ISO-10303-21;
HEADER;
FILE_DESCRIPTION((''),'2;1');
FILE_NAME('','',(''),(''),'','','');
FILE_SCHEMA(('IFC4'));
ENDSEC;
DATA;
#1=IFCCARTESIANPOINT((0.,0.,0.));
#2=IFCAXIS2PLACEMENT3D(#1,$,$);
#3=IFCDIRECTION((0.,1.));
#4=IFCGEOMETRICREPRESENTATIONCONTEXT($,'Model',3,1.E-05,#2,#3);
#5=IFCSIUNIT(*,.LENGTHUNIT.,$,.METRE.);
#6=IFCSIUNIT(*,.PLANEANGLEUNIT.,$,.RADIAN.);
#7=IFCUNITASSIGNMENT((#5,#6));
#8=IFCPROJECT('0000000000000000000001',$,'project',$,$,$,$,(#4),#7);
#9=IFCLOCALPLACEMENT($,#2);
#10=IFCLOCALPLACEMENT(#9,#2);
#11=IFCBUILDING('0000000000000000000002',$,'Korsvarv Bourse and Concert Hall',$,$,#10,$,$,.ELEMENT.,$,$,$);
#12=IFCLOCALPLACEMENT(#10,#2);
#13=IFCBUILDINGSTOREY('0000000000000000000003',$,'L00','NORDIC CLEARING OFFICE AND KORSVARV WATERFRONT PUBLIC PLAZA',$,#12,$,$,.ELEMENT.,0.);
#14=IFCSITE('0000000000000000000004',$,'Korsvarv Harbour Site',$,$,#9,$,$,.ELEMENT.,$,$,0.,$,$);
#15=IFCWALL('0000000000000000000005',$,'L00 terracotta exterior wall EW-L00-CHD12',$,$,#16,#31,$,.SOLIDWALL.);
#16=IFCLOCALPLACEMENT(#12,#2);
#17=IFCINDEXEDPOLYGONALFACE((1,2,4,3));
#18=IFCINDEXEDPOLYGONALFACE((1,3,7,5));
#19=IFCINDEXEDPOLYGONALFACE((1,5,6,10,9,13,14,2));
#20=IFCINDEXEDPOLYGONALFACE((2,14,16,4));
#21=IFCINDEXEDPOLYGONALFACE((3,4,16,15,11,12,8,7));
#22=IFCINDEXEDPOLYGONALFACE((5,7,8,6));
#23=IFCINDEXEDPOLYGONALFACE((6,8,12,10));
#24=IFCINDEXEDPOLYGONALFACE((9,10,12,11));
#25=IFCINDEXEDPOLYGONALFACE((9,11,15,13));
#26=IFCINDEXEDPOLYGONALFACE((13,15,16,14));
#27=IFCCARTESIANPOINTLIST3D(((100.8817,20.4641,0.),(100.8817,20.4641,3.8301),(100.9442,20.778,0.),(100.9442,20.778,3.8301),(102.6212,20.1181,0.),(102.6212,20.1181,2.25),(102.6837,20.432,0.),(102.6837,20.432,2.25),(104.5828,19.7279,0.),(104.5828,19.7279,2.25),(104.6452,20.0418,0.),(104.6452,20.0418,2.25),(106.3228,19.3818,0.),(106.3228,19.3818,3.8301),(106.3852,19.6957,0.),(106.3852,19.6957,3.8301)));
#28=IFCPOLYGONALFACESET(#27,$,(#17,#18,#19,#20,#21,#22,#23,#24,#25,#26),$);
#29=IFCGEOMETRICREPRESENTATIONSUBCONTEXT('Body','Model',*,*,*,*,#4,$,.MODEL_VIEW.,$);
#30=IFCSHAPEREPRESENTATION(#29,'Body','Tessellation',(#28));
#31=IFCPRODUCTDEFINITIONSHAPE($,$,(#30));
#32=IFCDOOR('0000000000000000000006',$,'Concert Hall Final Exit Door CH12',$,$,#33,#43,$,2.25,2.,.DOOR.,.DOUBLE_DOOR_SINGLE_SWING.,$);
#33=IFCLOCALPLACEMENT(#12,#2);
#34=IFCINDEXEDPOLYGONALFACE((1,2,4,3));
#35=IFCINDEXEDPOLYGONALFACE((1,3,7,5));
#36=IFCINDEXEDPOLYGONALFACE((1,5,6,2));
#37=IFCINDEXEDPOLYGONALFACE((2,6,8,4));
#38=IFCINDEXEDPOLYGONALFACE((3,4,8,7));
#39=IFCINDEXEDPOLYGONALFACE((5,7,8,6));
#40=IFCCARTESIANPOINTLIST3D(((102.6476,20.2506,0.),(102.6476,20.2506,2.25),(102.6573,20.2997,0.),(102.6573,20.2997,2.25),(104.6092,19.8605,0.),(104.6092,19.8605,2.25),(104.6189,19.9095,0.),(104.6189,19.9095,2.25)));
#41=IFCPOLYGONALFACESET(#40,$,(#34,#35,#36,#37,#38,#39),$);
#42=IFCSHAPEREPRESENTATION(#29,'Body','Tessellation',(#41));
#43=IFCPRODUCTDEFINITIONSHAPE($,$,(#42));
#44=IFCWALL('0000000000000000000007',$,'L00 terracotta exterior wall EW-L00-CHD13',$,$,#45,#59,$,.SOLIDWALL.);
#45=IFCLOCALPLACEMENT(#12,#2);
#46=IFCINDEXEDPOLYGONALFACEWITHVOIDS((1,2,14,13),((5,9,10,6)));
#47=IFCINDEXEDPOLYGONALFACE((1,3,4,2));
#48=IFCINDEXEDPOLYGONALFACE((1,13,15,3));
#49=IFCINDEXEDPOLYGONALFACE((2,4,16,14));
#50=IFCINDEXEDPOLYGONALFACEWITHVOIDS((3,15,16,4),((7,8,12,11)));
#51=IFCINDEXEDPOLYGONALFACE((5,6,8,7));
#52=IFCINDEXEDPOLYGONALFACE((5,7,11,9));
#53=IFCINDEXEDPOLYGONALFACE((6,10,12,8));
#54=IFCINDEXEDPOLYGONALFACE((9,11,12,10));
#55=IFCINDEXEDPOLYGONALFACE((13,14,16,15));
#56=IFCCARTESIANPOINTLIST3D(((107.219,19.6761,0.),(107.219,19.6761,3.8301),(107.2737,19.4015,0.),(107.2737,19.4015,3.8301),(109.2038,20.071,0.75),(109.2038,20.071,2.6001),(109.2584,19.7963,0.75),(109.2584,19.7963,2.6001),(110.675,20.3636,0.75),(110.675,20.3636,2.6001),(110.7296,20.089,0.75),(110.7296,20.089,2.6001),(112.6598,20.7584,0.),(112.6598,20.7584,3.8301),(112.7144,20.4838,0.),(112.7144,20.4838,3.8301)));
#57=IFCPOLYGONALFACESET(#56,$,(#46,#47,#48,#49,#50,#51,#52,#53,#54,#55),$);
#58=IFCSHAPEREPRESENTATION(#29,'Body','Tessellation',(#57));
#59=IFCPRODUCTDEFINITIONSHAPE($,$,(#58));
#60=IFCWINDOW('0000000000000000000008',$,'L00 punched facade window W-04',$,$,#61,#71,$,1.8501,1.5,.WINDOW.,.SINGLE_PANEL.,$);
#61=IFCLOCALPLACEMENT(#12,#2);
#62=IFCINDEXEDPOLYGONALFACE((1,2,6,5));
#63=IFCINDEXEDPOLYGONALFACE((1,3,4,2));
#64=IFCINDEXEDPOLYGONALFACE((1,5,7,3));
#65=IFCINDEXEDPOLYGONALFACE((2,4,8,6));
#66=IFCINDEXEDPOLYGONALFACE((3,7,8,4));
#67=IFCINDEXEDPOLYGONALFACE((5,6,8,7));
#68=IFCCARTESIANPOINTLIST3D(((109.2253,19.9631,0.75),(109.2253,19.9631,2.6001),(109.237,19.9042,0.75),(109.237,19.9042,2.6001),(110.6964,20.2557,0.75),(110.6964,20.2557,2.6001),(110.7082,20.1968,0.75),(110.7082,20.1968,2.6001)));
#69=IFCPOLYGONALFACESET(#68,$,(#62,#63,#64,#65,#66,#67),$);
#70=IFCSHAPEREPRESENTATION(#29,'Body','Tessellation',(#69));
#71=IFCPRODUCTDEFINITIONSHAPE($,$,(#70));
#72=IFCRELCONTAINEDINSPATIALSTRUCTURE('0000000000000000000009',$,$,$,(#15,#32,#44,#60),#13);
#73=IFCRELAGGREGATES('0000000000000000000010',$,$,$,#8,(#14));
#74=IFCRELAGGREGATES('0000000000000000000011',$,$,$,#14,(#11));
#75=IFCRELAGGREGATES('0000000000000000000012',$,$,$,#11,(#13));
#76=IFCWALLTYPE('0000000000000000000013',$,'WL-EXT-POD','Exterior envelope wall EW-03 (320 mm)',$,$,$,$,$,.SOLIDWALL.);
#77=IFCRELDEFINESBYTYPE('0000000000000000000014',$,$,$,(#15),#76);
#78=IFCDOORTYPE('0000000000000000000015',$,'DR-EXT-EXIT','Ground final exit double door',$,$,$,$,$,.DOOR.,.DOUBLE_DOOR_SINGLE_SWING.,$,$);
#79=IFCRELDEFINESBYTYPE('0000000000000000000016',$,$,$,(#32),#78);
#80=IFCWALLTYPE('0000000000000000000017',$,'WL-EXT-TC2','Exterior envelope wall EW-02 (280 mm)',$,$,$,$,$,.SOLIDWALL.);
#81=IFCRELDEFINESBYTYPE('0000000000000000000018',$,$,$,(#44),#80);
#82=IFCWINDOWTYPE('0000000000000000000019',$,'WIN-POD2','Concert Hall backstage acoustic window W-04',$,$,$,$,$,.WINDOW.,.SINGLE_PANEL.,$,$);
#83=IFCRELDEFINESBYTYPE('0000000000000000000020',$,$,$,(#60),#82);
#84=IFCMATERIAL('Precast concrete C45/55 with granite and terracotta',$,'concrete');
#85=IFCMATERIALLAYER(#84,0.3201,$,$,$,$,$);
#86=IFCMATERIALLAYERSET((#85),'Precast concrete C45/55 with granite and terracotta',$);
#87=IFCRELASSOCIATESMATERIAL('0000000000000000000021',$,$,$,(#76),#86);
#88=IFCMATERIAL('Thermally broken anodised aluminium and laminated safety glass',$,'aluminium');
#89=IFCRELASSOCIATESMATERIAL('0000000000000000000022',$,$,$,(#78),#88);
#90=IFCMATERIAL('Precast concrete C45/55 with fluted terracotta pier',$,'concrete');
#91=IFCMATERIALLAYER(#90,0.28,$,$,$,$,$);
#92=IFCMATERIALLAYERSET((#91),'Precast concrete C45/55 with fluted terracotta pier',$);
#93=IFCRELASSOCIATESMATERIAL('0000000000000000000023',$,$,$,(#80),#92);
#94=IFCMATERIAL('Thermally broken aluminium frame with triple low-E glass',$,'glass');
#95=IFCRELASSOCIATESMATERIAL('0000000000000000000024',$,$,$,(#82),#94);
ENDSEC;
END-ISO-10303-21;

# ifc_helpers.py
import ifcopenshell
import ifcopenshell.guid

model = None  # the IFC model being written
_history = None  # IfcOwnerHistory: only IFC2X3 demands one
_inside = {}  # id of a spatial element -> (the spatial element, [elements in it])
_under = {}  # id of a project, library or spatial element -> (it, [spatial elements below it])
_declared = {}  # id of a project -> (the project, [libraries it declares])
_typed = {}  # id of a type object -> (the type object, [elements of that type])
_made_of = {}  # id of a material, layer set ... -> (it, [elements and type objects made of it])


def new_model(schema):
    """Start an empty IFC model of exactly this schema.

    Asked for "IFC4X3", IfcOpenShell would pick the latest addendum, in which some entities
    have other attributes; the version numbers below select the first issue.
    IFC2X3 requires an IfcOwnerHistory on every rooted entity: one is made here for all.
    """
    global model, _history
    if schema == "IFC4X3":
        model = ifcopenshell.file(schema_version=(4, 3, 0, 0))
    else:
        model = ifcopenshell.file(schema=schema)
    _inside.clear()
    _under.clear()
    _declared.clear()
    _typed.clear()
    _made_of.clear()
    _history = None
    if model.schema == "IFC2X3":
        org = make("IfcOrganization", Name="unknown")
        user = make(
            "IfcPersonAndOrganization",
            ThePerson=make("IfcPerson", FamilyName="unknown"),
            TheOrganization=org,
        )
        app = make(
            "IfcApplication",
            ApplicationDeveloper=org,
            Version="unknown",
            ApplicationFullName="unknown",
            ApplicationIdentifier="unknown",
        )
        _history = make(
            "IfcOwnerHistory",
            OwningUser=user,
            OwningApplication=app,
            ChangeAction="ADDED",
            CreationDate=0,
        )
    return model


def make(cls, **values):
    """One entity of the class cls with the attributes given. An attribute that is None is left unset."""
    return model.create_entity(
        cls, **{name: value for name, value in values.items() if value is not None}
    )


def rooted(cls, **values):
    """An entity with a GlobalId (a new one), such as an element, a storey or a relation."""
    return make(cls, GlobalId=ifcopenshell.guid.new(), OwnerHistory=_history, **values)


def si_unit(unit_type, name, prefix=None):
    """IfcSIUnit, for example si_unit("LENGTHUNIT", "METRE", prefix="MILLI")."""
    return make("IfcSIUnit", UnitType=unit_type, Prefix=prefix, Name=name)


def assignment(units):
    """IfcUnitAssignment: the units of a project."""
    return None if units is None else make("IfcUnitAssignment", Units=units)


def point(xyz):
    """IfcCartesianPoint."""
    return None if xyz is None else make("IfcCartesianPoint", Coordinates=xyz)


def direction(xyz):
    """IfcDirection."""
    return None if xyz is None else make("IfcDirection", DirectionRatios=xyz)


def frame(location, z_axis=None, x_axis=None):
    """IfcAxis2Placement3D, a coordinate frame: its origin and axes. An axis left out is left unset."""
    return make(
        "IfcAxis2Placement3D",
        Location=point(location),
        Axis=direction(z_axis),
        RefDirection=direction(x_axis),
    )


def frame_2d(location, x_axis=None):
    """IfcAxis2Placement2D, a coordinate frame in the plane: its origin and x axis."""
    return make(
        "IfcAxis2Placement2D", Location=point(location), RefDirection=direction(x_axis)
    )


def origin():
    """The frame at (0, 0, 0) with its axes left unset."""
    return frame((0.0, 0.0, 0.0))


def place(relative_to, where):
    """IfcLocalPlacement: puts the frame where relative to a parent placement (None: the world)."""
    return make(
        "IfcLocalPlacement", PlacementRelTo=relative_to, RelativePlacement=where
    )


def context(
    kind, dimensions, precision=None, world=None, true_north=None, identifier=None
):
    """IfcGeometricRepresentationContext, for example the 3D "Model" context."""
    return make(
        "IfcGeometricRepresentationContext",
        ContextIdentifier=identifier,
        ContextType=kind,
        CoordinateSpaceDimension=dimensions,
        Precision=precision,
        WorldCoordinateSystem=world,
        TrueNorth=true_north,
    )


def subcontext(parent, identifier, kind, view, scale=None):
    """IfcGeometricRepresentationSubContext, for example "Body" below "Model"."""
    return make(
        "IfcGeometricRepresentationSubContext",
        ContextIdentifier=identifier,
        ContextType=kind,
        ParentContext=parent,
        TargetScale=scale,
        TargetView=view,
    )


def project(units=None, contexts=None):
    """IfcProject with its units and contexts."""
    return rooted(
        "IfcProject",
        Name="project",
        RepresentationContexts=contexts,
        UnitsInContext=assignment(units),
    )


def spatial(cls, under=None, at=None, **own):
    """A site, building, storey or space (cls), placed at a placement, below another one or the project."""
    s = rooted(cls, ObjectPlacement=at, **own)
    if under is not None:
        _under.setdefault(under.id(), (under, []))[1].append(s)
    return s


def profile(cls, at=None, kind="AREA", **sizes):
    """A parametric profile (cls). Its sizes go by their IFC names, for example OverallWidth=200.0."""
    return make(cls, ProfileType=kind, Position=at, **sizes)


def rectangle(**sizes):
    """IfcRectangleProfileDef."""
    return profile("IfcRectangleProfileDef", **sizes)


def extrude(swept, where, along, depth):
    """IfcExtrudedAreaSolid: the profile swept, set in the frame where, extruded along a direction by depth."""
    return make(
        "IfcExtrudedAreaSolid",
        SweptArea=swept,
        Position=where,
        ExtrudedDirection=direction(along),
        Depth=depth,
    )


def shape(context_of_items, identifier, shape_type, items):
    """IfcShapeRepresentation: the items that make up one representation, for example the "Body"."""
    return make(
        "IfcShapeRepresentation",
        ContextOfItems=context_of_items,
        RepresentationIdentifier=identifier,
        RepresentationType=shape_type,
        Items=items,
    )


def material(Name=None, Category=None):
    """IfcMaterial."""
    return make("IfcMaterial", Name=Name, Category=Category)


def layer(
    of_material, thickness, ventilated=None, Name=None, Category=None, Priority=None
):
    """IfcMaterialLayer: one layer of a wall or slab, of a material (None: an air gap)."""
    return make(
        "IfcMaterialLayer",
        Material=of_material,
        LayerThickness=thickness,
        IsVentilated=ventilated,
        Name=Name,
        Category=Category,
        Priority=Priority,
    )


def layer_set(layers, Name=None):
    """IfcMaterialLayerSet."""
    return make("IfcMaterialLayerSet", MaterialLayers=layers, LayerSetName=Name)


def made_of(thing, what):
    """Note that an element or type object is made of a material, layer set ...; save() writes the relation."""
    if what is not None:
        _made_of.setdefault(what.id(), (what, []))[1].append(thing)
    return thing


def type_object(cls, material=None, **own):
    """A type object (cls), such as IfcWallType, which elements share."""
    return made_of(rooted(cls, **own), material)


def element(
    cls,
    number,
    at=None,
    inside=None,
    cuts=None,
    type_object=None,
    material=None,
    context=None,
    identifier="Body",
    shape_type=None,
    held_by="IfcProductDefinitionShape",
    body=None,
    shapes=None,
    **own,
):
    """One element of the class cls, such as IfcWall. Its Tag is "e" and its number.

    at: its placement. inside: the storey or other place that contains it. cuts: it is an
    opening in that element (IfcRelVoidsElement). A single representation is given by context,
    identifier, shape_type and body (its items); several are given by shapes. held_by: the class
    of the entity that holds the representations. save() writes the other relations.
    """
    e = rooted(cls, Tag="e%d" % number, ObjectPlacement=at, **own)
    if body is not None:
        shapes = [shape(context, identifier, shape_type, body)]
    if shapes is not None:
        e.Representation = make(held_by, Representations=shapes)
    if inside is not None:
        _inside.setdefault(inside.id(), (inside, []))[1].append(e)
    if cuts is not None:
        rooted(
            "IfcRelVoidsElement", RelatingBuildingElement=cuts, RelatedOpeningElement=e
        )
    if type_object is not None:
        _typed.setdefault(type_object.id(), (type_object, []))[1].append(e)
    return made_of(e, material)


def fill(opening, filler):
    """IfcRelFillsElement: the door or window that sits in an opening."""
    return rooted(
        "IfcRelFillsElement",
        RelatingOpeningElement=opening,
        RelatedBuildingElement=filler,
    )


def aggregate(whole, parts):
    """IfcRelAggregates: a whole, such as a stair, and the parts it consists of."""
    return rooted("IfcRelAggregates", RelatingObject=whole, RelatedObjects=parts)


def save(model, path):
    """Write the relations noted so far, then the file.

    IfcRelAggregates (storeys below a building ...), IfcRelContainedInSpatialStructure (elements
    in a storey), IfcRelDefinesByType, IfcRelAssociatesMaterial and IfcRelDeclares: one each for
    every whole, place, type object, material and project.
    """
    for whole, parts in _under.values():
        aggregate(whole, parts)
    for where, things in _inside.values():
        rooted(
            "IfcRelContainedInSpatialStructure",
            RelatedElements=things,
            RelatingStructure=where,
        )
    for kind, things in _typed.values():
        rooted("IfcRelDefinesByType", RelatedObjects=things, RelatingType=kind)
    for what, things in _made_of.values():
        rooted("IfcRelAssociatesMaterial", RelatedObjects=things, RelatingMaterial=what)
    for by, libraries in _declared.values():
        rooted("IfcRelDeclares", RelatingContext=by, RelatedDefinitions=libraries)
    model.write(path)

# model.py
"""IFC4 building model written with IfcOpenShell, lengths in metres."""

from ifc_helpers import new_model, si_unit, direction, frame, frame_2d, origin, place, context, subcontext, project, spatial, rectangle, extrude, material, layer, layer_set, type_object, element, fill, save


model = new_model("IFC4")

# Units and contexts
model_context = context("Model", 3, precision=1e-05, world=origin(), true_north=direction((0.0, 1.0)))
body_context = subcontext(model_context, "Body", "Model", "MODEL_VIEW")
ifc_project = project(units=[si_unit("LENGTHUNIT", "METRE"), si_unit("PLANEANGLEUNIT", "RADIAN")], contexts=[model_context])

# Site, building, storey
site_placement = place(None, origin())
site = spatial("IfcSite", under=ifc_project, at=site_placement, Name="Korsvarv Harbour Site", CompositionType="ELEMENT", RefElevation=0.0)
building_placement = place(site_placement, origin())
building = spatial("IfcBuilding", under=site, at=building_placement, Name="Korsvarv Bourse and Concert Hall", CompositionType="ELEMENT")
storey_placement = place(building_placement, origin())
storey = spatial("IfcBuildingStorey", under=building, at=storey_placement, Name="L00", Description="NORDIC CLEARING OFFICE AND KORSVARV WATERFRONT PUBLIC PLAZA", CompositionType="ELEMENT", Elevation=0.0)

# Wall, opening, door
ifc_material_1 = material(Name="Precast concrete C45/55 with granite and terracotta", Category="concrete")
ifc_layer_1 = layer(ifc_material_1, 0.3201)
ifc_layer_set_1 = layer_set([ifc_layer_1], Name="Precast concrete C45/55 with granite and terracotta")
wall_type_1 = type_object("IfcWallType", Name="WL-EXT-POD", Description="Exterior envelope wall EW-03 (320 mm)", PredefinedType="SOLIDWALL", material=ifc_layer_set_1)
wall_1_placement = place(storey_placement, frame((100.9128, 20.6211, 0.0), z_axis=(0.0, 0.0, 1.0), x_axis=(0.980785, -0.195092, 0.0)))
wall_1 = element("IfcWall", 1, at=wall_1_placement, inside=storey, type_object=wall_type_1, Name="L00 terracotta exterior wall EW-L00-CHD12", PredefinedType="SOLIDWALL", context=body_context, shape_type="SweptSolid", body=[
    extrude(rectangle(XDim=5.5476, YDim=0.3201, at=frame_2d((2.7739, 0.0))), origin(), (0.0, 0.0, 1.0), 3.8301),
])
opening_1_placement = place(wall_1_placement, frame((1.7737, 0.0, 0.0)))
opening_1 = element("IfcOpeningElement", 2, at=opening_1_placement, cuts=wall_1, PredefinedType="OPENING", context=body_context, shape_type="SweptSolid", body=[
    extrude(rectangle(XDim=2.0, YDim=2.25, at=frame_2d((1.0, 1.125))), frame((0.0, 0.1699, 0.0), z_axis=(0.0, -1.0, 0.0), x_axis=(1.0, 0.0, 0.0)), (0.0, 0.0, 1.0), 0.3401),
])
ifc_material_2 = material(Name="Thermally broken anodised aluminium and laminated safety glass", Category="aluminium")
door_type_1 = type_object("IfcDoorType", Name="DR-EXT-EXIT", Description="Ground final exit double door", OperationType="DOUBLE_DOOR_SINGLE_SWING", PredefinedType="DOOR", material=ifc_material_2)
door_1_placement = place(opening_1_placement, frame((2.0, 0.0, 0.0), z_axis=(0.0, 0.0, 1.0), x_axis=(-1.0, 0.0, 0.0)))
door_1 = element("IfcDoor", 3, at=door_1_placement, inside=storey, type_object=door_type_1, Name="Concert Hall Final Exit Door CH12", OperationType="DOUBLE_DOOR_SINGLE_SWING", OverallHeight=2.25, OverallWidth=2.0, PredefinedType="DOOR", context=body_context, shape_type="SweptSolid", body=[
    extrude(rectangle(XDim=2.0, YDim=2.25, at=frame_2d((1.0, 1.125))), frame((0.0, 0.0249, 0.0), z_axis=(0.0, -1.0, 0.0), x_axis=(1.0, 0.0, 0.0)), (0.0, 0.0, 1.0), 0.05),
])
fill(opening_1, door_1)

# Wall, opening, window
ifc_material_3 = material(Name="Precast concrete C45/55 with fluted terracotta pier", Category="concrete")
ifc_layer_2 = layer(ifc_material_3, 0.28)
ifc_layer_set_2 = layer_set([ifc_layer_2], Name="Precast concrete C45/55 with fluted terracotta pier")
wall_type_2 = type_object("IfcWallType", Name="WL-EXT-TC2", Description="Exterior envelope wall EW-02 (280 mm)", PredefinedType="SOLIDWALL", material=ifc_layer_set_2)
wall_2_placement = place(storey_placement, frame((107.2463, 19.5388, 0.0), z_axis=(0.0, 0.0, 1.0), x_axis=(0.980783, 0.1951, 0.0)))
wall_2 = element("IfcWall", 4, at=wall_2_placement, inside=storey, type_object=wall_type_2, Name="L00 terracotta exterior wall EW-L00-CHD13", PredefinedType="SOLIDWALL", context=body_context, shape_type="SweptSolid", body=[
    extrude(rectangle(XDim=5.5474, YDim=0.28, at=frame_2d((2.7737, 0.0))), origin(), (0.0, 0.0, 1.0), 3.8301),
])
opening_2_placement = place(wall_2_placement, frame((2.0237, 0.0, 0.75)))
opening_2 = element("IfcOpeningElement", 5, at=opening_2_placement, cuts=wall_2, PredefinedType="OPENING", context=body_context, shape_type="SweptSolid", body=[
    extrude(rectangle(XDim=1.5, YDim=1.8501, at=frame_2d((0.75, 0.925))), frame((0.0, 0.1499, 0.0), z_axis=(0.0, -1.0, 0.0), x_axis=(1.0, 0.0, 0.0)), (0.0, 0.0, 1.0), 0.3),
])
ifc_material_4 = material(Name="Thermally broken aluminium frame with triple low-E glass", Category="glass")
window_type = type_object("IfcWindowType", Name="WIN-POD2", Description="Concert Hall backstage acoustic window W-04", PartitioningType="SINGLE_PANEL", PredefinedType="WINDOW", material=ifc_material_4)
window_placement = place(opening_2_placement, origin())
window = element("IfcWindow", 6, at=window_placement, inside=storey, type_object=window_type, Name="L00 punched facade window W-04", OverallHeight=1.8501, OverallWidth=1.5, PartitioningType="SINGLE_PANEL", PredefinedType="WINDOW", context=body_context, shape_type="SweptSolid", body=[
    extrude(rectangle(XDim=1.5, YDim=1.8501, at=frame_2d((0.75, 0.925))), frame((0.0, 0.03, 0.0), z_axis=(0.0, -1.0, 0.0), x_axis=(1.0, 0.0, 0.0)), (0.0, 0.0, 1.0), 0.0601),
])
fill(opening_2, window)

save(model, "model.ifc")
